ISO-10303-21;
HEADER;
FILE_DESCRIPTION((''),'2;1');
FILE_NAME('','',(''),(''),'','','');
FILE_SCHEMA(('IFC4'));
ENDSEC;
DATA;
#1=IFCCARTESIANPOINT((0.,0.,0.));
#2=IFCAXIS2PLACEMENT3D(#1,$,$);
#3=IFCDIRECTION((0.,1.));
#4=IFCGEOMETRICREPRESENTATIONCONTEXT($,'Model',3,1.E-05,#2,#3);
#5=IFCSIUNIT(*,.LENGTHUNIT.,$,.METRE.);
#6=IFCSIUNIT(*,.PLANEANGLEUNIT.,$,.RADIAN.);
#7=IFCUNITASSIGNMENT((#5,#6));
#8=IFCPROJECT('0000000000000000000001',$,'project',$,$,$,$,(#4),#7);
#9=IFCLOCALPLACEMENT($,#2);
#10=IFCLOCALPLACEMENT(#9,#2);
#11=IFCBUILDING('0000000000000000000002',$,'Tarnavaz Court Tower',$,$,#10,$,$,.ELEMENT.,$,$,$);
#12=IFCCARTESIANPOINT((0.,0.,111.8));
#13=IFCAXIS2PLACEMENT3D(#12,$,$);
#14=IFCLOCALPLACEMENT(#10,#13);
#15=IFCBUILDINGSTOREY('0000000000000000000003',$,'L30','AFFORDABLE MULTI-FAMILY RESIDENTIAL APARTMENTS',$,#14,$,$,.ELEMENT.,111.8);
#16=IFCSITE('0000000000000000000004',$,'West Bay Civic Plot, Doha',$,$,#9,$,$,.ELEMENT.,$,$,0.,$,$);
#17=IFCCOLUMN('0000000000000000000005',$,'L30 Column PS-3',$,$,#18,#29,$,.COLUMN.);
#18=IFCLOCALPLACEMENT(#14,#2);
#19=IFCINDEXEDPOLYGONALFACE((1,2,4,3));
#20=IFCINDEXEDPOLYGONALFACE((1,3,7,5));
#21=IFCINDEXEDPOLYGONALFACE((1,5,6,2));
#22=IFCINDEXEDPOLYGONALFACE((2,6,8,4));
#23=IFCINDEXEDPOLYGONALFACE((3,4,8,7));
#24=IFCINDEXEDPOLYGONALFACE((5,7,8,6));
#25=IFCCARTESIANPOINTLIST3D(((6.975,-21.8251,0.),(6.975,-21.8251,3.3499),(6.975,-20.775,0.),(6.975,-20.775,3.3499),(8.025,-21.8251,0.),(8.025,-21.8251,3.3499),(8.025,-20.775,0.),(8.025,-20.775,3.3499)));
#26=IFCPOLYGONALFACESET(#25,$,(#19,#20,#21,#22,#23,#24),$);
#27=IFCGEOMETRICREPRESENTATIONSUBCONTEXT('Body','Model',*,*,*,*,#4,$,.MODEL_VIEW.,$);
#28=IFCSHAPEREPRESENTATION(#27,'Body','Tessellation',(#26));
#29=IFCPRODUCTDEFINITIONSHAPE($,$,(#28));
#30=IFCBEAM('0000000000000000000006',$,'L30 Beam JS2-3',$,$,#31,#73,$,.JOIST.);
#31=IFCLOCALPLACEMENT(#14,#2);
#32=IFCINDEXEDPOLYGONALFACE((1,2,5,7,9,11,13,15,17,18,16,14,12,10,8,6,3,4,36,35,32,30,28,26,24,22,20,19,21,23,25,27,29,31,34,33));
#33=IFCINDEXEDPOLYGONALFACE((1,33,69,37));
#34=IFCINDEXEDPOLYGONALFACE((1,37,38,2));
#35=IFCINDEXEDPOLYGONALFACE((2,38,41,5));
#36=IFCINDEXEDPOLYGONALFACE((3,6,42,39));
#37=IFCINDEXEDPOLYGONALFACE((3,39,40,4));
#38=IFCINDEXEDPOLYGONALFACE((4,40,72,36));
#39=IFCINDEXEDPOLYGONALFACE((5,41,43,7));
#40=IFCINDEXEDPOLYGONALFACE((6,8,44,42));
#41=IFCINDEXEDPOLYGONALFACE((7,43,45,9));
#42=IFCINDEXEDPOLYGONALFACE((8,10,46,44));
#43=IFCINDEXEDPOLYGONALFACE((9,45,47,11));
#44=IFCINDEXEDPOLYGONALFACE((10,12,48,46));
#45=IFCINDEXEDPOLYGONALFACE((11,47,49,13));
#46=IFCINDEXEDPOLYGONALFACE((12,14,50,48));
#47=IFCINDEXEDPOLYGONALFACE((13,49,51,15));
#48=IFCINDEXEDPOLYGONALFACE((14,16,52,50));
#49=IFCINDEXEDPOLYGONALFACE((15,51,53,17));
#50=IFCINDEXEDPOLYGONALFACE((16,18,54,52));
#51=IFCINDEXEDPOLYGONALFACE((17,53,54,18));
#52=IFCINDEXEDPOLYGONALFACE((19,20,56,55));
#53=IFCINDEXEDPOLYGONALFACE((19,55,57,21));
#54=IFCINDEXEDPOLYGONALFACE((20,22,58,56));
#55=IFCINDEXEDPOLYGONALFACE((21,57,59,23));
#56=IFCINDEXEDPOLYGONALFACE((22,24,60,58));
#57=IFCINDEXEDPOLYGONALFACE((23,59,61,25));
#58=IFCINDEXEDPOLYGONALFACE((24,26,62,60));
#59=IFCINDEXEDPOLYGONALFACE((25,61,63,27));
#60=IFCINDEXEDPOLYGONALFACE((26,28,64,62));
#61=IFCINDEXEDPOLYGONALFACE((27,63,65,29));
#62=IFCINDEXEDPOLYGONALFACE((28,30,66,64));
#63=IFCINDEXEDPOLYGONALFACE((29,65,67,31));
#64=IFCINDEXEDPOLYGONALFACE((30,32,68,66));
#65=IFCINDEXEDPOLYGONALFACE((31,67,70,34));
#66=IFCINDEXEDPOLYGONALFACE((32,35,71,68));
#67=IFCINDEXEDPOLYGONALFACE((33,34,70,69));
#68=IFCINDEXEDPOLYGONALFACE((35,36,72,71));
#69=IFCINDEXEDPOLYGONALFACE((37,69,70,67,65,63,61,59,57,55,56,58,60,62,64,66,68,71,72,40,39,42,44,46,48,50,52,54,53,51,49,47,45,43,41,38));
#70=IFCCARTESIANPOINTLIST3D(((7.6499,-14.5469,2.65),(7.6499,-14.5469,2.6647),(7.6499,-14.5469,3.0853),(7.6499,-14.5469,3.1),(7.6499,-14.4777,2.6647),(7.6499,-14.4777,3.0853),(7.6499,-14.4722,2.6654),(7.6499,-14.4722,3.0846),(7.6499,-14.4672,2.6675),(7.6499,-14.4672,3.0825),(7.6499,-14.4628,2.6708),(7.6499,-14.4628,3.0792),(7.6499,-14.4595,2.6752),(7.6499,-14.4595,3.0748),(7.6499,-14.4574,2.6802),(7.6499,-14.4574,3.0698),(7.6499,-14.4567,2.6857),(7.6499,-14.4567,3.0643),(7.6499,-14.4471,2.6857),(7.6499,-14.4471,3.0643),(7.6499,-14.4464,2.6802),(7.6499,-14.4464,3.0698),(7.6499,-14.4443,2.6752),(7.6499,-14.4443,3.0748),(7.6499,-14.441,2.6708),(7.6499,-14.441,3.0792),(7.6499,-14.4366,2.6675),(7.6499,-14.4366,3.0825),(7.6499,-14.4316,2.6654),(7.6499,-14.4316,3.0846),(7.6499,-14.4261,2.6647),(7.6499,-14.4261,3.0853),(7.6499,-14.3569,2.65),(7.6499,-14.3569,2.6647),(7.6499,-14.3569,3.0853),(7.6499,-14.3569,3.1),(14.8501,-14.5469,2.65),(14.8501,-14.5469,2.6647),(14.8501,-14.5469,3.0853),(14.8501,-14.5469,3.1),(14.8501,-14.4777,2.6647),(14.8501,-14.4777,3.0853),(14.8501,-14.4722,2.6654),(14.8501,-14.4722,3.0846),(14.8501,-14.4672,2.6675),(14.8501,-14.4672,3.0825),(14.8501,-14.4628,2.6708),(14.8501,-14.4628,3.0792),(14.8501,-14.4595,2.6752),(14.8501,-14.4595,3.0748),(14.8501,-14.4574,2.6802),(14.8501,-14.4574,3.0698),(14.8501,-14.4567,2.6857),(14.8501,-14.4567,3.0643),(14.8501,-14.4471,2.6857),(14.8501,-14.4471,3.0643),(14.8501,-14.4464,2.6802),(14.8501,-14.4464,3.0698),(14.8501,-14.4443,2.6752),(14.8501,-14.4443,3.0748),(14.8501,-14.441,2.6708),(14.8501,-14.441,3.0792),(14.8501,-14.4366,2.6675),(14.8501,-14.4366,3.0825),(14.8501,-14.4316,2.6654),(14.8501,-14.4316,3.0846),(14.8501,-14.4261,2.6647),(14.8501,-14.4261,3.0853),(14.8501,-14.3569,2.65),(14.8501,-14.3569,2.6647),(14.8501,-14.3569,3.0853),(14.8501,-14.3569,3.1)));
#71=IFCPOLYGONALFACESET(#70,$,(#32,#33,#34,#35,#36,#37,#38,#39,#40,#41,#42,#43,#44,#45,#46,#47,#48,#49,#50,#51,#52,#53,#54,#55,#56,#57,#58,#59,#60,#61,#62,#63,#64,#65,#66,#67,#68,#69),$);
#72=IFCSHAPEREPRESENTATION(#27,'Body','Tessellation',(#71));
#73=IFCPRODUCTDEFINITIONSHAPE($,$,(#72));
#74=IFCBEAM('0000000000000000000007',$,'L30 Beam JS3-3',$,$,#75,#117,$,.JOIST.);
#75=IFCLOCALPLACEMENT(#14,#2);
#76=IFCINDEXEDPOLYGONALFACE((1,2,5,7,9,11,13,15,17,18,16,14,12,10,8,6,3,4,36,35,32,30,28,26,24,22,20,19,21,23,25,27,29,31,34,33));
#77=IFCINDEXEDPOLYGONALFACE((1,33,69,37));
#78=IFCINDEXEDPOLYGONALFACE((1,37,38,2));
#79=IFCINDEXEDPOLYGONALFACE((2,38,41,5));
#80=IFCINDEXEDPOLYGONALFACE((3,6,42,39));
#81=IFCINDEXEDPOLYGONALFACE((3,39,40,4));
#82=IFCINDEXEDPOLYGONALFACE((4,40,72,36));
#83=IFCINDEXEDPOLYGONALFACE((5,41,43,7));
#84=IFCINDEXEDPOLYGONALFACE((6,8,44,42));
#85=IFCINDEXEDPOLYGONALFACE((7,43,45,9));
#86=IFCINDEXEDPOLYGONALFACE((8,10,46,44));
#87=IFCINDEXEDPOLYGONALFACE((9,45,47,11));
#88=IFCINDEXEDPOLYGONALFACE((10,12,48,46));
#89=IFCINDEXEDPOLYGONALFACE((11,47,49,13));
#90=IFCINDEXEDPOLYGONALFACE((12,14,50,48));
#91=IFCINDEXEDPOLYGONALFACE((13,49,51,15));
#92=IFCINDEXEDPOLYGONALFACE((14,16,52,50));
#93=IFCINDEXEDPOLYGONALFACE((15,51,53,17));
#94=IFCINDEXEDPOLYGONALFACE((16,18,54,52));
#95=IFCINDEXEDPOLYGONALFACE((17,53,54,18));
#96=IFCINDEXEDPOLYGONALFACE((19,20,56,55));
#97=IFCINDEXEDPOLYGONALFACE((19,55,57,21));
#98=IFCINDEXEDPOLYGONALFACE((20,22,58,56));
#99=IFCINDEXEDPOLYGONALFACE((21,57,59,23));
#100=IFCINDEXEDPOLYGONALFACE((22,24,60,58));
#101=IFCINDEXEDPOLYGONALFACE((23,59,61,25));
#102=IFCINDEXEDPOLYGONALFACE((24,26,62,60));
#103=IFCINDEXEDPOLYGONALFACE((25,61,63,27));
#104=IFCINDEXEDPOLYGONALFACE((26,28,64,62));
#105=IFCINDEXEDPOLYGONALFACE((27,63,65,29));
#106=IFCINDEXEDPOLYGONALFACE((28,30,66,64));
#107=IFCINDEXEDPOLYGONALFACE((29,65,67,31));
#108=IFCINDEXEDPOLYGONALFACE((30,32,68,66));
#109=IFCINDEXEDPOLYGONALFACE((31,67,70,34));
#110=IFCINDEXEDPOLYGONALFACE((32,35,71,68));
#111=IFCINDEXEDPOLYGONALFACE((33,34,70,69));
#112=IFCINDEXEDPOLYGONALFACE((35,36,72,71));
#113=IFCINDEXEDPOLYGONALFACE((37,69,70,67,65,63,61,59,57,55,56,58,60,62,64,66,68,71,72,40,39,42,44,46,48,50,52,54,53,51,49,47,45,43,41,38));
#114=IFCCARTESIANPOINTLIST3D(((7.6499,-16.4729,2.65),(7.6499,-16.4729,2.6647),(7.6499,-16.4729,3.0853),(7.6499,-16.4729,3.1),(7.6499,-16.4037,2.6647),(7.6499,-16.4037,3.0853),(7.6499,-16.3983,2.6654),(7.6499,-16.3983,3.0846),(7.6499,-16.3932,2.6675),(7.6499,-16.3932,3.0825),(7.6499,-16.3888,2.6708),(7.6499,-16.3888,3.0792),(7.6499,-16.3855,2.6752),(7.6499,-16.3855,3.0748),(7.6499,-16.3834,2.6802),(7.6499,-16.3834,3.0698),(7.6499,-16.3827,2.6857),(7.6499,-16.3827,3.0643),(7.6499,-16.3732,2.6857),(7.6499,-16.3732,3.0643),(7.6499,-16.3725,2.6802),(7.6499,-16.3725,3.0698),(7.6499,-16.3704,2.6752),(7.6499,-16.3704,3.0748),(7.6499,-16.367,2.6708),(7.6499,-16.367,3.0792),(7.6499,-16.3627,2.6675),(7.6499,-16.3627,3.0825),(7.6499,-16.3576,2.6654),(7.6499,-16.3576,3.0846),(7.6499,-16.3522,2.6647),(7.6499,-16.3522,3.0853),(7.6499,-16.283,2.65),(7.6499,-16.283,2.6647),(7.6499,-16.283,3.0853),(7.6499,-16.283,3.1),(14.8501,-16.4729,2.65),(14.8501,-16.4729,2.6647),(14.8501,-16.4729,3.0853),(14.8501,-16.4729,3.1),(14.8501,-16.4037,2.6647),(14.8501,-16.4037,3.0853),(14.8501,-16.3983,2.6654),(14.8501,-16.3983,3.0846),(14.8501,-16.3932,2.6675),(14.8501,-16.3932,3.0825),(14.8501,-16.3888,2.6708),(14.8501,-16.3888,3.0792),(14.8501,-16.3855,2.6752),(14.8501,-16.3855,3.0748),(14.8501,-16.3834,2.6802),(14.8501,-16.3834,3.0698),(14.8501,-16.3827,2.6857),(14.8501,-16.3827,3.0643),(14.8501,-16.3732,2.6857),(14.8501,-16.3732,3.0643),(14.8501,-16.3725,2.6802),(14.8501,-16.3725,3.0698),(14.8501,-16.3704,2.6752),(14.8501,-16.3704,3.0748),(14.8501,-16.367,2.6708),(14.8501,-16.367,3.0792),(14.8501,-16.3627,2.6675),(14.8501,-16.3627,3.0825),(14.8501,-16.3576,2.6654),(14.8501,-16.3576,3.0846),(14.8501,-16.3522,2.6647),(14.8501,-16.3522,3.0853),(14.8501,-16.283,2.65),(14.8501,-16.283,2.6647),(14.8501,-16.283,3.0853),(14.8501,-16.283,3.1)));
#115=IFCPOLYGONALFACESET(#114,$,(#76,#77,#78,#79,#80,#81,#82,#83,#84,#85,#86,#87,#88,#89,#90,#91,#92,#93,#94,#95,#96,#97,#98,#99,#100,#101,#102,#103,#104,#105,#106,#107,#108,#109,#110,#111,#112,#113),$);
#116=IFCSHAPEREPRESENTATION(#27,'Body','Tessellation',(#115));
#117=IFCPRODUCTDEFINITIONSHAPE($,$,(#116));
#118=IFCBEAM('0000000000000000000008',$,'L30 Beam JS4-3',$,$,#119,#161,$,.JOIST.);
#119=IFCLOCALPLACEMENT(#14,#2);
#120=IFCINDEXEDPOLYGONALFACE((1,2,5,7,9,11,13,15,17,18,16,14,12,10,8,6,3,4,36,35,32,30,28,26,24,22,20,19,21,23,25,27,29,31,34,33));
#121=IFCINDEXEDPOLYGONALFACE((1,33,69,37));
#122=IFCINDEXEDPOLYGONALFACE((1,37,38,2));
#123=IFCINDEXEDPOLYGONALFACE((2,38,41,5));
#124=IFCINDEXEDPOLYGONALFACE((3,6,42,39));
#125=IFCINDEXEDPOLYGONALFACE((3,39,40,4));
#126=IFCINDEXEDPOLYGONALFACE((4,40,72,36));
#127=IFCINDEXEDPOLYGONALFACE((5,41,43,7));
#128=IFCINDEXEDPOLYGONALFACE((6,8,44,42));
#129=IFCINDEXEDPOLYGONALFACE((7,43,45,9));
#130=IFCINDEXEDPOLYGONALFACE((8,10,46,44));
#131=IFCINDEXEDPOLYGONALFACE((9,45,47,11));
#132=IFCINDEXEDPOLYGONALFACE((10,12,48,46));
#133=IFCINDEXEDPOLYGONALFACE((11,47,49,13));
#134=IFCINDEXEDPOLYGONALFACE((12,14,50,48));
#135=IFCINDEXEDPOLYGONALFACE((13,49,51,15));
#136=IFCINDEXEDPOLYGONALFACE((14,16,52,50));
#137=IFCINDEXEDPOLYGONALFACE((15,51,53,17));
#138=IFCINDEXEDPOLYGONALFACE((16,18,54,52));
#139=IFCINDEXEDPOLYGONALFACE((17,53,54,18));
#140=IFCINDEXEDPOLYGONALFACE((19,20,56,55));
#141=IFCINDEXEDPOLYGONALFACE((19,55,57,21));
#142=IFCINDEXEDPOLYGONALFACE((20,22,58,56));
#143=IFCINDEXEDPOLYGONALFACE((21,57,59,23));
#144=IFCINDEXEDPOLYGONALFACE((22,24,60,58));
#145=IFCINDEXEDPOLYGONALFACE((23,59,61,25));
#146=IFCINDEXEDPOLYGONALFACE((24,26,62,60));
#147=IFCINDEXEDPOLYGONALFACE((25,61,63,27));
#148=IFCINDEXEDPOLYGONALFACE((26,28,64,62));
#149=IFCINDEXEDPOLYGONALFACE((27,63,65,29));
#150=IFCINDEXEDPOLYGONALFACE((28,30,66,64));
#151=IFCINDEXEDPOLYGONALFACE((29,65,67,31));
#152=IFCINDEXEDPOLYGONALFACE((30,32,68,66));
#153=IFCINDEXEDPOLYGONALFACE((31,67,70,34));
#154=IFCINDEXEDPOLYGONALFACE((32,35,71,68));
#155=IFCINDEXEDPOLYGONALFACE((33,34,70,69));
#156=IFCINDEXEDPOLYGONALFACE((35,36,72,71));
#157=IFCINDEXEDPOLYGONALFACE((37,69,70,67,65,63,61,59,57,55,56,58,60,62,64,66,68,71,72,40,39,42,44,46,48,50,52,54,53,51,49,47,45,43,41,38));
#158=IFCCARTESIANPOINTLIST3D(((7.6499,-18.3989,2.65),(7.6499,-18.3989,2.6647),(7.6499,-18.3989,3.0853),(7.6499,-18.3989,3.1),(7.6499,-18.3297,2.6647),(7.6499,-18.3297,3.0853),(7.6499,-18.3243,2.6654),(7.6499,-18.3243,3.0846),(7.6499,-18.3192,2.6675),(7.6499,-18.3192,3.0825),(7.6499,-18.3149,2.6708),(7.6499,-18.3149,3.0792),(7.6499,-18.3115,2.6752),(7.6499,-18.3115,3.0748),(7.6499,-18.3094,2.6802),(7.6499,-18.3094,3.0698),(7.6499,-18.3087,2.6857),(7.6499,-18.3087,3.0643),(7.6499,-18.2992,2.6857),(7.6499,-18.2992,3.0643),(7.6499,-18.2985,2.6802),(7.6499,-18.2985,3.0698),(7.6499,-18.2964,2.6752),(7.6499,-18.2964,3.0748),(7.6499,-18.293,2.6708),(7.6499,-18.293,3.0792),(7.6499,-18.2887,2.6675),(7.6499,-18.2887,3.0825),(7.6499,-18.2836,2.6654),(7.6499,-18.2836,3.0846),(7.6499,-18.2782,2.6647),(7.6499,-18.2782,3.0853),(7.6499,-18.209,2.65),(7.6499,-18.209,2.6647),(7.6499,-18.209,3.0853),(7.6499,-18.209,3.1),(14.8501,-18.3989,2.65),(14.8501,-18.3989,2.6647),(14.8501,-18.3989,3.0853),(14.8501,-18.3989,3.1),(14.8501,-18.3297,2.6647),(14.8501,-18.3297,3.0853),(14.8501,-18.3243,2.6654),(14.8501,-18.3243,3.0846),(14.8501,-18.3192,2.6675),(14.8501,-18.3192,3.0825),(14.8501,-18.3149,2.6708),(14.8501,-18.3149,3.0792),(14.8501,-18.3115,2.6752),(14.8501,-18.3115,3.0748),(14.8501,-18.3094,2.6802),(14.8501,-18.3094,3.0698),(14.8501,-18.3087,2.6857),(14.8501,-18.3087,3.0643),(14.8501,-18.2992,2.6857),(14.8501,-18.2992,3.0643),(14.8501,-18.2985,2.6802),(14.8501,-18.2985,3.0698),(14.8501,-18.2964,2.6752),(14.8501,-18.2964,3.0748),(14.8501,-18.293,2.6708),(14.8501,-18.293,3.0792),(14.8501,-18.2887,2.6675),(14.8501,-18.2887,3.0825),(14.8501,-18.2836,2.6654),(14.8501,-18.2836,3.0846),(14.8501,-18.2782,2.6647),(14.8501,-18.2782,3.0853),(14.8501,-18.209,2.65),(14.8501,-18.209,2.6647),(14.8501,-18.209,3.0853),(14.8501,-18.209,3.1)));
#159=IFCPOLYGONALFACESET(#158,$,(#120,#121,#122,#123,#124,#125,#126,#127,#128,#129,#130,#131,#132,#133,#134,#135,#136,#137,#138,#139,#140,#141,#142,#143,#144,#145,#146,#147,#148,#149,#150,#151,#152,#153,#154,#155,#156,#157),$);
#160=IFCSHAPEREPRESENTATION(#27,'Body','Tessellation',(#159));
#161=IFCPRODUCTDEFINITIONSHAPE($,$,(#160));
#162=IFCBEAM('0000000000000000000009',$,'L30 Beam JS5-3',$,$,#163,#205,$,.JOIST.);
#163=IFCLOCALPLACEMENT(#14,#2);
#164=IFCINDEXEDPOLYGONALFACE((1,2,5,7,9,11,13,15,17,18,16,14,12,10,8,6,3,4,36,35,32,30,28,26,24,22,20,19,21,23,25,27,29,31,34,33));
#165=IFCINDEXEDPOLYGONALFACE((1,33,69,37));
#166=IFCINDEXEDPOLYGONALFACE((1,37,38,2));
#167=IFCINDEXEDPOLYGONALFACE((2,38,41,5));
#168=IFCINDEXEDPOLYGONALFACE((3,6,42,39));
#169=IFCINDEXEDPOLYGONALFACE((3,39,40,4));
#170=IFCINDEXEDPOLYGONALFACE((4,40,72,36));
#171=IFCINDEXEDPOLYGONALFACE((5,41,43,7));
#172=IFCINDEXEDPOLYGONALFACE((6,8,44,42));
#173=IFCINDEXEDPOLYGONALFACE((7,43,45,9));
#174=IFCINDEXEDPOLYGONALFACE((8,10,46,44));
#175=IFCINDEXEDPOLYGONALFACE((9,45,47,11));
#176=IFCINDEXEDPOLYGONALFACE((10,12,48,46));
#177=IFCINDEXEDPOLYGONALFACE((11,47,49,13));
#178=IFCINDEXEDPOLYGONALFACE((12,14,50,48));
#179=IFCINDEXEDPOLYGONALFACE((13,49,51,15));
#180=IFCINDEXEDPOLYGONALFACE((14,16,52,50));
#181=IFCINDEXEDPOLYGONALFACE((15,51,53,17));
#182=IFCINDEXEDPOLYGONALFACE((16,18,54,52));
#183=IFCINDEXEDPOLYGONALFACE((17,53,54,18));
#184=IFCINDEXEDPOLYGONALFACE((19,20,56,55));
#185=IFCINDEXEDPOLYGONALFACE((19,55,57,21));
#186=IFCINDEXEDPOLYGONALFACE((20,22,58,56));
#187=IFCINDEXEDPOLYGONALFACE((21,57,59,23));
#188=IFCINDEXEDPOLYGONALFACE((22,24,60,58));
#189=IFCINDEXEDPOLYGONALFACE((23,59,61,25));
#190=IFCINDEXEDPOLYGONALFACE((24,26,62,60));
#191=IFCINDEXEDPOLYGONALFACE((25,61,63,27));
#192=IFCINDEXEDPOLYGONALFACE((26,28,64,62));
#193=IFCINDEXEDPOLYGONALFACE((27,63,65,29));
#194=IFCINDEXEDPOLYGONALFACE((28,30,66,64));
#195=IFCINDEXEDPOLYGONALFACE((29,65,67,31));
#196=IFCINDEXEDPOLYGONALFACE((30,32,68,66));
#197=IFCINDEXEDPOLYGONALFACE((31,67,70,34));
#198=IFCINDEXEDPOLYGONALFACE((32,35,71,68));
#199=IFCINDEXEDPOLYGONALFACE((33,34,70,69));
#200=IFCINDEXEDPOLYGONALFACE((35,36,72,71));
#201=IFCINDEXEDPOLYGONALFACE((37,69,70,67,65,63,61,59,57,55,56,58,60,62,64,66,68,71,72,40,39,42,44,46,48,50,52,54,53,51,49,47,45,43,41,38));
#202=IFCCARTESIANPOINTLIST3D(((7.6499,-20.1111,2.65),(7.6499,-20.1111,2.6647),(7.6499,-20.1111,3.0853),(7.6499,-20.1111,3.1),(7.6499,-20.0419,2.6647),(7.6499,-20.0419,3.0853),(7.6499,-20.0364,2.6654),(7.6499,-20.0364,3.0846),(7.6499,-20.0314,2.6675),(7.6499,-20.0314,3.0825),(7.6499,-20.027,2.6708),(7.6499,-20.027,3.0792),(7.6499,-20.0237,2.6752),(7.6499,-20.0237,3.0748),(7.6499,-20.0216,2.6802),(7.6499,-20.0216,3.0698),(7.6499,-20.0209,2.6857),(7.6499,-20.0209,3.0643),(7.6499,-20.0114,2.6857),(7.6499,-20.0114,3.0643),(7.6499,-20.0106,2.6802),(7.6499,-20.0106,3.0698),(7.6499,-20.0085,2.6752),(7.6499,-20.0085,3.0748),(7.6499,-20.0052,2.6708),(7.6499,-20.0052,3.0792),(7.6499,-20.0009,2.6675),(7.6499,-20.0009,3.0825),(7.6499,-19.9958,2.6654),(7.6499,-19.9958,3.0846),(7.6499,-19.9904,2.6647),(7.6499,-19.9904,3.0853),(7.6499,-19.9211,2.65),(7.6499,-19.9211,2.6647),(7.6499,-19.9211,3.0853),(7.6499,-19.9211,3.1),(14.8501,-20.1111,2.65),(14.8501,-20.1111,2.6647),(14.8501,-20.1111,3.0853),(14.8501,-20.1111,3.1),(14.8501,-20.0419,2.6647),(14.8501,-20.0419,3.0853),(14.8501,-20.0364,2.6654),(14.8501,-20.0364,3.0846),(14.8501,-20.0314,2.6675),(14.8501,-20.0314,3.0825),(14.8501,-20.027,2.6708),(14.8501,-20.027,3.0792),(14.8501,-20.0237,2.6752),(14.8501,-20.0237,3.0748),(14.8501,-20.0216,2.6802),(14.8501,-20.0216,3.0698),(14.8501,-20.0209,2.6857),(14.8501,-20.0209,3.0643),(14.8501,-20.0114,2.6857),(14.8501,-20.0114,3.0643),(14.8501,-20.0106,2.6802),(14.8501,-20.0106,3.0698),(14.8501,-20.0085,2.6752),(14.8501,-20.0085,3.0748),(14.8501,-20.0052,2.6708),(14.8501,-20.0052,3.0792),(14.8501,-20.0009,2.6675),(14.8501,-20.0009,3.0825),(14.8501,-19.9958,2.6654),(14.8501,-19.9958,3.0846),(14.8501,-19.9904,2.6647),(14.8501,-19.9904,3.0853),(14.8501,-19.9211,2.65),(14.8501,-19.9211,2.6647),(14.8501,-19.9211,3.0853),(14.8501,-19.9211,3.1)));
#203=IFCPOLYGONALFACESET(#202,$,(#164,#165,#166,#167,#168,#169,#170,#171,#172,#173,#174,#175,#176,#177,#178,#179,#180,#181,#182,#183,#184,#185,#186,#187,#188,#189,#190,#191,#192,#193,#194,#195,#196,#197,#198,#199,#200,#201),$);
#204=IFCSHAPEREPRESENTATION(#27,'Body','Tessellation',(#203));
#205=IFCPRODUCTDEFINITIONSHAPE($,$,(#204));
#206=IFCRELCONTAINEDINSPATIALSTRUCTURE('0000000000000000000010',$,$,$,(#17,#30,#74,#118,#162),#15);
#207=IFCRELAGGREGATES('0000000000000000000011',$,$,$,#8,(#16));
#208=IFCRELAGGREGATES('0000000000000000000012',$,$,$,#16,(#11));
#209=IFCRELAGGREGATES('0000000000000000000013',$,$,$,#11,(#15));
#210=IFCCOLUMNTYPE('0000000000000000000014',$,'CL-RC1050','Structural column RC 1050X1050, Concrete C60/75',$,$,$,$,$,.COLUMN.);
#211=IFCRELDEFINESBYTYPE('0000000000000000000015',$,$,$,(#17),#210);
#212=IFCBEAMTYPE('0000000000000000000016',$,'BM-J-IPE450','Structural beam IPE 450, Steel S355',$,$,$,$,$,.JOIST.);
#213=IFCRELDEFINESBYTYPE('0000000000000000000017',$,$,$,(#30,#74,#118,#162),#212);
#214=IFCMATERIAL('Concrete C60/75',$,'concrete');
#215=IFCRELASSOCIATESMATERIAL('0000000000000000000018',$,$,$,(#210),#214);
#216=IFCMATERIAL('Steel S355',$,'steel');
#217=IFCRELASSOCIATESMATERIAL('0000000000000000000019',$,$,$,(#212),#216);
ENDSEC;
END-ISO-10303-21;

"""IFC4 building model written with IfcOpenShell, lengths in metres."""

from ifc_helpers import new_model, si_unit, direction, frame, origin, origin_2d, place, context, subcontext, project, spatial, rectangle, i_section, extrude, material, material_profile, profile_set, type_object, element, save


model = new_model("IFC4")

# Units and contexts
model_context = context("Model", 3, precision=1e-05, world=origin(), true_north=direction((0.0, 1.0)))
body_context = subcontext(model_context, "Body", "Model", "MODEL_VIEW")
ifc_project = project(units=[si_unit("LENGTHUNIT", "METRE"), si_unit("PLANEANGLEUNIT", "RADIAN")], contexts=[model_context])

# Site, building, storey
site_placement = place(None, origin())
site = spatial("IfcSite", under=ifc_project, at=site_placement, Name="West Bay Civic Plot, Doha", CompositionType="ELEMENT", RefElevation=0.0)
building_placement = place(site_placement, origin())
building = spatial("IfcBuilding", under=site, at=building_placement, Name="Tarnavaz Court Tower", CompositionType="ELEMENT")
storey_placement = place(building_placement, frame((0.0, 0.0, 111.8)))
storey = spatial("IfcBuildingStorey", under=building, at=storey_placement, Name="L30", Description="AFFORDABLE MULTI-FAMILY RESIDENTIAL APARTMENTS", CompositionType="ELEMENT", Elevation=111.8)

# Column
ifc_material_1 = material(Name="Concrete C60/75", Category="concrete")
ifc_material_profile_1 = material_profile(ifc_material_1, rectangle(XDim=1.05, YDim=1.05, at=origin_2d()), Name="RC 1050X1050")
ifc_profile_set_1 = profile_set([ifc_material_profile_1], Name="Concrete C60/75")
column_type = type_object("IfcColumnType", Name="CL-RC1050", Description="Structural column RC 1050X1050, Concrete C60/75", PredefinedType="COLUMN", material=ifc_profile_set_1)
column_placement = place(storey_placement, frame((7.5, -21.3, 0.0), z_axis=(0.0, 0.0, 1.0), x_axis=(1.0, 0.0, 0.0)))
element("IfcColumn", 1, at=column_placement, inside=storey, type_object=column_type, Name="L30 Column PS-3", PredefinedType="COLUMN", context=body_context, shape_type="SweptSolid", body=[
    extrude(rectangle(XDim=1.05, YDim=1.05, at=origin_2d()), origin(), (0.0, 0.0, 1.0), 3.3499),
])

# Beams
ifc_material_2 = material(Name="Steel S355", Category="steel")
ifc_material_profile_2 = material_profile(ifc_material_2, i_section(OverallWidth=0.1899, OverallDepth=0.45, WebThickness=0.0095, FlangeThickness=0.0146, FilletRadius=0.021, at=origin_2d()), Name="IPE 450")
ifc_profile_set_2 = profile_set([ifc_material_profile_2], Name="Steel S355")
beam_type_1 = type_object("IfcBeamType", Name="BM-J-IPE450", Description="Structural beam IPE 450, Steel S355", PredefinedType="JOIST", material=ifc_profile_set_2)
for number, where, z_axis, x_axis, name in (
    (2, (7.6499, -14.4519, 2.875), (1.0, 0.0, 0.0), (0.0, 1.0, 0.0), "L30 Beam JS2-3"),
    (3, (7.6499, -16.3779, 2.875), (1.0, 0.0, 0.0), (0.0, 1.0, 0.0), "L30 Beam JS3-3"),
    (4, (7.6499, -18.304, 2.875), (1.0, 0.0, 0.0), (0.0, 1.0, 0.0), "L30 Beam JS4-3"),
    (5, (7.6499, -20.0161, 2.875), (1.0, 0.0, 0.0), (0.0, 1.0, 0.0), "L30 Beam JS5-3"),
):
    element("IfcBeam", number, at=place(storey_placement, frame(where, z_axis=z_axis, x_axis=x_axis)), inside=storey, type_object=beam_type_1, Name=name, PredefinedType="JOIST", context=body_context, shape_type="SweptSolid", body=[
        extrude(i_section(OverallWidth=0.1899, OverallDepth=0.45, WebThickness=0.0095, FlangeThickness=0.0146, FilletRadius=0.021, at=origin_2d()), origin(), (0.0, 0.0, 1.0), 7.2002),
    ])

save(model, "model.ifc")
